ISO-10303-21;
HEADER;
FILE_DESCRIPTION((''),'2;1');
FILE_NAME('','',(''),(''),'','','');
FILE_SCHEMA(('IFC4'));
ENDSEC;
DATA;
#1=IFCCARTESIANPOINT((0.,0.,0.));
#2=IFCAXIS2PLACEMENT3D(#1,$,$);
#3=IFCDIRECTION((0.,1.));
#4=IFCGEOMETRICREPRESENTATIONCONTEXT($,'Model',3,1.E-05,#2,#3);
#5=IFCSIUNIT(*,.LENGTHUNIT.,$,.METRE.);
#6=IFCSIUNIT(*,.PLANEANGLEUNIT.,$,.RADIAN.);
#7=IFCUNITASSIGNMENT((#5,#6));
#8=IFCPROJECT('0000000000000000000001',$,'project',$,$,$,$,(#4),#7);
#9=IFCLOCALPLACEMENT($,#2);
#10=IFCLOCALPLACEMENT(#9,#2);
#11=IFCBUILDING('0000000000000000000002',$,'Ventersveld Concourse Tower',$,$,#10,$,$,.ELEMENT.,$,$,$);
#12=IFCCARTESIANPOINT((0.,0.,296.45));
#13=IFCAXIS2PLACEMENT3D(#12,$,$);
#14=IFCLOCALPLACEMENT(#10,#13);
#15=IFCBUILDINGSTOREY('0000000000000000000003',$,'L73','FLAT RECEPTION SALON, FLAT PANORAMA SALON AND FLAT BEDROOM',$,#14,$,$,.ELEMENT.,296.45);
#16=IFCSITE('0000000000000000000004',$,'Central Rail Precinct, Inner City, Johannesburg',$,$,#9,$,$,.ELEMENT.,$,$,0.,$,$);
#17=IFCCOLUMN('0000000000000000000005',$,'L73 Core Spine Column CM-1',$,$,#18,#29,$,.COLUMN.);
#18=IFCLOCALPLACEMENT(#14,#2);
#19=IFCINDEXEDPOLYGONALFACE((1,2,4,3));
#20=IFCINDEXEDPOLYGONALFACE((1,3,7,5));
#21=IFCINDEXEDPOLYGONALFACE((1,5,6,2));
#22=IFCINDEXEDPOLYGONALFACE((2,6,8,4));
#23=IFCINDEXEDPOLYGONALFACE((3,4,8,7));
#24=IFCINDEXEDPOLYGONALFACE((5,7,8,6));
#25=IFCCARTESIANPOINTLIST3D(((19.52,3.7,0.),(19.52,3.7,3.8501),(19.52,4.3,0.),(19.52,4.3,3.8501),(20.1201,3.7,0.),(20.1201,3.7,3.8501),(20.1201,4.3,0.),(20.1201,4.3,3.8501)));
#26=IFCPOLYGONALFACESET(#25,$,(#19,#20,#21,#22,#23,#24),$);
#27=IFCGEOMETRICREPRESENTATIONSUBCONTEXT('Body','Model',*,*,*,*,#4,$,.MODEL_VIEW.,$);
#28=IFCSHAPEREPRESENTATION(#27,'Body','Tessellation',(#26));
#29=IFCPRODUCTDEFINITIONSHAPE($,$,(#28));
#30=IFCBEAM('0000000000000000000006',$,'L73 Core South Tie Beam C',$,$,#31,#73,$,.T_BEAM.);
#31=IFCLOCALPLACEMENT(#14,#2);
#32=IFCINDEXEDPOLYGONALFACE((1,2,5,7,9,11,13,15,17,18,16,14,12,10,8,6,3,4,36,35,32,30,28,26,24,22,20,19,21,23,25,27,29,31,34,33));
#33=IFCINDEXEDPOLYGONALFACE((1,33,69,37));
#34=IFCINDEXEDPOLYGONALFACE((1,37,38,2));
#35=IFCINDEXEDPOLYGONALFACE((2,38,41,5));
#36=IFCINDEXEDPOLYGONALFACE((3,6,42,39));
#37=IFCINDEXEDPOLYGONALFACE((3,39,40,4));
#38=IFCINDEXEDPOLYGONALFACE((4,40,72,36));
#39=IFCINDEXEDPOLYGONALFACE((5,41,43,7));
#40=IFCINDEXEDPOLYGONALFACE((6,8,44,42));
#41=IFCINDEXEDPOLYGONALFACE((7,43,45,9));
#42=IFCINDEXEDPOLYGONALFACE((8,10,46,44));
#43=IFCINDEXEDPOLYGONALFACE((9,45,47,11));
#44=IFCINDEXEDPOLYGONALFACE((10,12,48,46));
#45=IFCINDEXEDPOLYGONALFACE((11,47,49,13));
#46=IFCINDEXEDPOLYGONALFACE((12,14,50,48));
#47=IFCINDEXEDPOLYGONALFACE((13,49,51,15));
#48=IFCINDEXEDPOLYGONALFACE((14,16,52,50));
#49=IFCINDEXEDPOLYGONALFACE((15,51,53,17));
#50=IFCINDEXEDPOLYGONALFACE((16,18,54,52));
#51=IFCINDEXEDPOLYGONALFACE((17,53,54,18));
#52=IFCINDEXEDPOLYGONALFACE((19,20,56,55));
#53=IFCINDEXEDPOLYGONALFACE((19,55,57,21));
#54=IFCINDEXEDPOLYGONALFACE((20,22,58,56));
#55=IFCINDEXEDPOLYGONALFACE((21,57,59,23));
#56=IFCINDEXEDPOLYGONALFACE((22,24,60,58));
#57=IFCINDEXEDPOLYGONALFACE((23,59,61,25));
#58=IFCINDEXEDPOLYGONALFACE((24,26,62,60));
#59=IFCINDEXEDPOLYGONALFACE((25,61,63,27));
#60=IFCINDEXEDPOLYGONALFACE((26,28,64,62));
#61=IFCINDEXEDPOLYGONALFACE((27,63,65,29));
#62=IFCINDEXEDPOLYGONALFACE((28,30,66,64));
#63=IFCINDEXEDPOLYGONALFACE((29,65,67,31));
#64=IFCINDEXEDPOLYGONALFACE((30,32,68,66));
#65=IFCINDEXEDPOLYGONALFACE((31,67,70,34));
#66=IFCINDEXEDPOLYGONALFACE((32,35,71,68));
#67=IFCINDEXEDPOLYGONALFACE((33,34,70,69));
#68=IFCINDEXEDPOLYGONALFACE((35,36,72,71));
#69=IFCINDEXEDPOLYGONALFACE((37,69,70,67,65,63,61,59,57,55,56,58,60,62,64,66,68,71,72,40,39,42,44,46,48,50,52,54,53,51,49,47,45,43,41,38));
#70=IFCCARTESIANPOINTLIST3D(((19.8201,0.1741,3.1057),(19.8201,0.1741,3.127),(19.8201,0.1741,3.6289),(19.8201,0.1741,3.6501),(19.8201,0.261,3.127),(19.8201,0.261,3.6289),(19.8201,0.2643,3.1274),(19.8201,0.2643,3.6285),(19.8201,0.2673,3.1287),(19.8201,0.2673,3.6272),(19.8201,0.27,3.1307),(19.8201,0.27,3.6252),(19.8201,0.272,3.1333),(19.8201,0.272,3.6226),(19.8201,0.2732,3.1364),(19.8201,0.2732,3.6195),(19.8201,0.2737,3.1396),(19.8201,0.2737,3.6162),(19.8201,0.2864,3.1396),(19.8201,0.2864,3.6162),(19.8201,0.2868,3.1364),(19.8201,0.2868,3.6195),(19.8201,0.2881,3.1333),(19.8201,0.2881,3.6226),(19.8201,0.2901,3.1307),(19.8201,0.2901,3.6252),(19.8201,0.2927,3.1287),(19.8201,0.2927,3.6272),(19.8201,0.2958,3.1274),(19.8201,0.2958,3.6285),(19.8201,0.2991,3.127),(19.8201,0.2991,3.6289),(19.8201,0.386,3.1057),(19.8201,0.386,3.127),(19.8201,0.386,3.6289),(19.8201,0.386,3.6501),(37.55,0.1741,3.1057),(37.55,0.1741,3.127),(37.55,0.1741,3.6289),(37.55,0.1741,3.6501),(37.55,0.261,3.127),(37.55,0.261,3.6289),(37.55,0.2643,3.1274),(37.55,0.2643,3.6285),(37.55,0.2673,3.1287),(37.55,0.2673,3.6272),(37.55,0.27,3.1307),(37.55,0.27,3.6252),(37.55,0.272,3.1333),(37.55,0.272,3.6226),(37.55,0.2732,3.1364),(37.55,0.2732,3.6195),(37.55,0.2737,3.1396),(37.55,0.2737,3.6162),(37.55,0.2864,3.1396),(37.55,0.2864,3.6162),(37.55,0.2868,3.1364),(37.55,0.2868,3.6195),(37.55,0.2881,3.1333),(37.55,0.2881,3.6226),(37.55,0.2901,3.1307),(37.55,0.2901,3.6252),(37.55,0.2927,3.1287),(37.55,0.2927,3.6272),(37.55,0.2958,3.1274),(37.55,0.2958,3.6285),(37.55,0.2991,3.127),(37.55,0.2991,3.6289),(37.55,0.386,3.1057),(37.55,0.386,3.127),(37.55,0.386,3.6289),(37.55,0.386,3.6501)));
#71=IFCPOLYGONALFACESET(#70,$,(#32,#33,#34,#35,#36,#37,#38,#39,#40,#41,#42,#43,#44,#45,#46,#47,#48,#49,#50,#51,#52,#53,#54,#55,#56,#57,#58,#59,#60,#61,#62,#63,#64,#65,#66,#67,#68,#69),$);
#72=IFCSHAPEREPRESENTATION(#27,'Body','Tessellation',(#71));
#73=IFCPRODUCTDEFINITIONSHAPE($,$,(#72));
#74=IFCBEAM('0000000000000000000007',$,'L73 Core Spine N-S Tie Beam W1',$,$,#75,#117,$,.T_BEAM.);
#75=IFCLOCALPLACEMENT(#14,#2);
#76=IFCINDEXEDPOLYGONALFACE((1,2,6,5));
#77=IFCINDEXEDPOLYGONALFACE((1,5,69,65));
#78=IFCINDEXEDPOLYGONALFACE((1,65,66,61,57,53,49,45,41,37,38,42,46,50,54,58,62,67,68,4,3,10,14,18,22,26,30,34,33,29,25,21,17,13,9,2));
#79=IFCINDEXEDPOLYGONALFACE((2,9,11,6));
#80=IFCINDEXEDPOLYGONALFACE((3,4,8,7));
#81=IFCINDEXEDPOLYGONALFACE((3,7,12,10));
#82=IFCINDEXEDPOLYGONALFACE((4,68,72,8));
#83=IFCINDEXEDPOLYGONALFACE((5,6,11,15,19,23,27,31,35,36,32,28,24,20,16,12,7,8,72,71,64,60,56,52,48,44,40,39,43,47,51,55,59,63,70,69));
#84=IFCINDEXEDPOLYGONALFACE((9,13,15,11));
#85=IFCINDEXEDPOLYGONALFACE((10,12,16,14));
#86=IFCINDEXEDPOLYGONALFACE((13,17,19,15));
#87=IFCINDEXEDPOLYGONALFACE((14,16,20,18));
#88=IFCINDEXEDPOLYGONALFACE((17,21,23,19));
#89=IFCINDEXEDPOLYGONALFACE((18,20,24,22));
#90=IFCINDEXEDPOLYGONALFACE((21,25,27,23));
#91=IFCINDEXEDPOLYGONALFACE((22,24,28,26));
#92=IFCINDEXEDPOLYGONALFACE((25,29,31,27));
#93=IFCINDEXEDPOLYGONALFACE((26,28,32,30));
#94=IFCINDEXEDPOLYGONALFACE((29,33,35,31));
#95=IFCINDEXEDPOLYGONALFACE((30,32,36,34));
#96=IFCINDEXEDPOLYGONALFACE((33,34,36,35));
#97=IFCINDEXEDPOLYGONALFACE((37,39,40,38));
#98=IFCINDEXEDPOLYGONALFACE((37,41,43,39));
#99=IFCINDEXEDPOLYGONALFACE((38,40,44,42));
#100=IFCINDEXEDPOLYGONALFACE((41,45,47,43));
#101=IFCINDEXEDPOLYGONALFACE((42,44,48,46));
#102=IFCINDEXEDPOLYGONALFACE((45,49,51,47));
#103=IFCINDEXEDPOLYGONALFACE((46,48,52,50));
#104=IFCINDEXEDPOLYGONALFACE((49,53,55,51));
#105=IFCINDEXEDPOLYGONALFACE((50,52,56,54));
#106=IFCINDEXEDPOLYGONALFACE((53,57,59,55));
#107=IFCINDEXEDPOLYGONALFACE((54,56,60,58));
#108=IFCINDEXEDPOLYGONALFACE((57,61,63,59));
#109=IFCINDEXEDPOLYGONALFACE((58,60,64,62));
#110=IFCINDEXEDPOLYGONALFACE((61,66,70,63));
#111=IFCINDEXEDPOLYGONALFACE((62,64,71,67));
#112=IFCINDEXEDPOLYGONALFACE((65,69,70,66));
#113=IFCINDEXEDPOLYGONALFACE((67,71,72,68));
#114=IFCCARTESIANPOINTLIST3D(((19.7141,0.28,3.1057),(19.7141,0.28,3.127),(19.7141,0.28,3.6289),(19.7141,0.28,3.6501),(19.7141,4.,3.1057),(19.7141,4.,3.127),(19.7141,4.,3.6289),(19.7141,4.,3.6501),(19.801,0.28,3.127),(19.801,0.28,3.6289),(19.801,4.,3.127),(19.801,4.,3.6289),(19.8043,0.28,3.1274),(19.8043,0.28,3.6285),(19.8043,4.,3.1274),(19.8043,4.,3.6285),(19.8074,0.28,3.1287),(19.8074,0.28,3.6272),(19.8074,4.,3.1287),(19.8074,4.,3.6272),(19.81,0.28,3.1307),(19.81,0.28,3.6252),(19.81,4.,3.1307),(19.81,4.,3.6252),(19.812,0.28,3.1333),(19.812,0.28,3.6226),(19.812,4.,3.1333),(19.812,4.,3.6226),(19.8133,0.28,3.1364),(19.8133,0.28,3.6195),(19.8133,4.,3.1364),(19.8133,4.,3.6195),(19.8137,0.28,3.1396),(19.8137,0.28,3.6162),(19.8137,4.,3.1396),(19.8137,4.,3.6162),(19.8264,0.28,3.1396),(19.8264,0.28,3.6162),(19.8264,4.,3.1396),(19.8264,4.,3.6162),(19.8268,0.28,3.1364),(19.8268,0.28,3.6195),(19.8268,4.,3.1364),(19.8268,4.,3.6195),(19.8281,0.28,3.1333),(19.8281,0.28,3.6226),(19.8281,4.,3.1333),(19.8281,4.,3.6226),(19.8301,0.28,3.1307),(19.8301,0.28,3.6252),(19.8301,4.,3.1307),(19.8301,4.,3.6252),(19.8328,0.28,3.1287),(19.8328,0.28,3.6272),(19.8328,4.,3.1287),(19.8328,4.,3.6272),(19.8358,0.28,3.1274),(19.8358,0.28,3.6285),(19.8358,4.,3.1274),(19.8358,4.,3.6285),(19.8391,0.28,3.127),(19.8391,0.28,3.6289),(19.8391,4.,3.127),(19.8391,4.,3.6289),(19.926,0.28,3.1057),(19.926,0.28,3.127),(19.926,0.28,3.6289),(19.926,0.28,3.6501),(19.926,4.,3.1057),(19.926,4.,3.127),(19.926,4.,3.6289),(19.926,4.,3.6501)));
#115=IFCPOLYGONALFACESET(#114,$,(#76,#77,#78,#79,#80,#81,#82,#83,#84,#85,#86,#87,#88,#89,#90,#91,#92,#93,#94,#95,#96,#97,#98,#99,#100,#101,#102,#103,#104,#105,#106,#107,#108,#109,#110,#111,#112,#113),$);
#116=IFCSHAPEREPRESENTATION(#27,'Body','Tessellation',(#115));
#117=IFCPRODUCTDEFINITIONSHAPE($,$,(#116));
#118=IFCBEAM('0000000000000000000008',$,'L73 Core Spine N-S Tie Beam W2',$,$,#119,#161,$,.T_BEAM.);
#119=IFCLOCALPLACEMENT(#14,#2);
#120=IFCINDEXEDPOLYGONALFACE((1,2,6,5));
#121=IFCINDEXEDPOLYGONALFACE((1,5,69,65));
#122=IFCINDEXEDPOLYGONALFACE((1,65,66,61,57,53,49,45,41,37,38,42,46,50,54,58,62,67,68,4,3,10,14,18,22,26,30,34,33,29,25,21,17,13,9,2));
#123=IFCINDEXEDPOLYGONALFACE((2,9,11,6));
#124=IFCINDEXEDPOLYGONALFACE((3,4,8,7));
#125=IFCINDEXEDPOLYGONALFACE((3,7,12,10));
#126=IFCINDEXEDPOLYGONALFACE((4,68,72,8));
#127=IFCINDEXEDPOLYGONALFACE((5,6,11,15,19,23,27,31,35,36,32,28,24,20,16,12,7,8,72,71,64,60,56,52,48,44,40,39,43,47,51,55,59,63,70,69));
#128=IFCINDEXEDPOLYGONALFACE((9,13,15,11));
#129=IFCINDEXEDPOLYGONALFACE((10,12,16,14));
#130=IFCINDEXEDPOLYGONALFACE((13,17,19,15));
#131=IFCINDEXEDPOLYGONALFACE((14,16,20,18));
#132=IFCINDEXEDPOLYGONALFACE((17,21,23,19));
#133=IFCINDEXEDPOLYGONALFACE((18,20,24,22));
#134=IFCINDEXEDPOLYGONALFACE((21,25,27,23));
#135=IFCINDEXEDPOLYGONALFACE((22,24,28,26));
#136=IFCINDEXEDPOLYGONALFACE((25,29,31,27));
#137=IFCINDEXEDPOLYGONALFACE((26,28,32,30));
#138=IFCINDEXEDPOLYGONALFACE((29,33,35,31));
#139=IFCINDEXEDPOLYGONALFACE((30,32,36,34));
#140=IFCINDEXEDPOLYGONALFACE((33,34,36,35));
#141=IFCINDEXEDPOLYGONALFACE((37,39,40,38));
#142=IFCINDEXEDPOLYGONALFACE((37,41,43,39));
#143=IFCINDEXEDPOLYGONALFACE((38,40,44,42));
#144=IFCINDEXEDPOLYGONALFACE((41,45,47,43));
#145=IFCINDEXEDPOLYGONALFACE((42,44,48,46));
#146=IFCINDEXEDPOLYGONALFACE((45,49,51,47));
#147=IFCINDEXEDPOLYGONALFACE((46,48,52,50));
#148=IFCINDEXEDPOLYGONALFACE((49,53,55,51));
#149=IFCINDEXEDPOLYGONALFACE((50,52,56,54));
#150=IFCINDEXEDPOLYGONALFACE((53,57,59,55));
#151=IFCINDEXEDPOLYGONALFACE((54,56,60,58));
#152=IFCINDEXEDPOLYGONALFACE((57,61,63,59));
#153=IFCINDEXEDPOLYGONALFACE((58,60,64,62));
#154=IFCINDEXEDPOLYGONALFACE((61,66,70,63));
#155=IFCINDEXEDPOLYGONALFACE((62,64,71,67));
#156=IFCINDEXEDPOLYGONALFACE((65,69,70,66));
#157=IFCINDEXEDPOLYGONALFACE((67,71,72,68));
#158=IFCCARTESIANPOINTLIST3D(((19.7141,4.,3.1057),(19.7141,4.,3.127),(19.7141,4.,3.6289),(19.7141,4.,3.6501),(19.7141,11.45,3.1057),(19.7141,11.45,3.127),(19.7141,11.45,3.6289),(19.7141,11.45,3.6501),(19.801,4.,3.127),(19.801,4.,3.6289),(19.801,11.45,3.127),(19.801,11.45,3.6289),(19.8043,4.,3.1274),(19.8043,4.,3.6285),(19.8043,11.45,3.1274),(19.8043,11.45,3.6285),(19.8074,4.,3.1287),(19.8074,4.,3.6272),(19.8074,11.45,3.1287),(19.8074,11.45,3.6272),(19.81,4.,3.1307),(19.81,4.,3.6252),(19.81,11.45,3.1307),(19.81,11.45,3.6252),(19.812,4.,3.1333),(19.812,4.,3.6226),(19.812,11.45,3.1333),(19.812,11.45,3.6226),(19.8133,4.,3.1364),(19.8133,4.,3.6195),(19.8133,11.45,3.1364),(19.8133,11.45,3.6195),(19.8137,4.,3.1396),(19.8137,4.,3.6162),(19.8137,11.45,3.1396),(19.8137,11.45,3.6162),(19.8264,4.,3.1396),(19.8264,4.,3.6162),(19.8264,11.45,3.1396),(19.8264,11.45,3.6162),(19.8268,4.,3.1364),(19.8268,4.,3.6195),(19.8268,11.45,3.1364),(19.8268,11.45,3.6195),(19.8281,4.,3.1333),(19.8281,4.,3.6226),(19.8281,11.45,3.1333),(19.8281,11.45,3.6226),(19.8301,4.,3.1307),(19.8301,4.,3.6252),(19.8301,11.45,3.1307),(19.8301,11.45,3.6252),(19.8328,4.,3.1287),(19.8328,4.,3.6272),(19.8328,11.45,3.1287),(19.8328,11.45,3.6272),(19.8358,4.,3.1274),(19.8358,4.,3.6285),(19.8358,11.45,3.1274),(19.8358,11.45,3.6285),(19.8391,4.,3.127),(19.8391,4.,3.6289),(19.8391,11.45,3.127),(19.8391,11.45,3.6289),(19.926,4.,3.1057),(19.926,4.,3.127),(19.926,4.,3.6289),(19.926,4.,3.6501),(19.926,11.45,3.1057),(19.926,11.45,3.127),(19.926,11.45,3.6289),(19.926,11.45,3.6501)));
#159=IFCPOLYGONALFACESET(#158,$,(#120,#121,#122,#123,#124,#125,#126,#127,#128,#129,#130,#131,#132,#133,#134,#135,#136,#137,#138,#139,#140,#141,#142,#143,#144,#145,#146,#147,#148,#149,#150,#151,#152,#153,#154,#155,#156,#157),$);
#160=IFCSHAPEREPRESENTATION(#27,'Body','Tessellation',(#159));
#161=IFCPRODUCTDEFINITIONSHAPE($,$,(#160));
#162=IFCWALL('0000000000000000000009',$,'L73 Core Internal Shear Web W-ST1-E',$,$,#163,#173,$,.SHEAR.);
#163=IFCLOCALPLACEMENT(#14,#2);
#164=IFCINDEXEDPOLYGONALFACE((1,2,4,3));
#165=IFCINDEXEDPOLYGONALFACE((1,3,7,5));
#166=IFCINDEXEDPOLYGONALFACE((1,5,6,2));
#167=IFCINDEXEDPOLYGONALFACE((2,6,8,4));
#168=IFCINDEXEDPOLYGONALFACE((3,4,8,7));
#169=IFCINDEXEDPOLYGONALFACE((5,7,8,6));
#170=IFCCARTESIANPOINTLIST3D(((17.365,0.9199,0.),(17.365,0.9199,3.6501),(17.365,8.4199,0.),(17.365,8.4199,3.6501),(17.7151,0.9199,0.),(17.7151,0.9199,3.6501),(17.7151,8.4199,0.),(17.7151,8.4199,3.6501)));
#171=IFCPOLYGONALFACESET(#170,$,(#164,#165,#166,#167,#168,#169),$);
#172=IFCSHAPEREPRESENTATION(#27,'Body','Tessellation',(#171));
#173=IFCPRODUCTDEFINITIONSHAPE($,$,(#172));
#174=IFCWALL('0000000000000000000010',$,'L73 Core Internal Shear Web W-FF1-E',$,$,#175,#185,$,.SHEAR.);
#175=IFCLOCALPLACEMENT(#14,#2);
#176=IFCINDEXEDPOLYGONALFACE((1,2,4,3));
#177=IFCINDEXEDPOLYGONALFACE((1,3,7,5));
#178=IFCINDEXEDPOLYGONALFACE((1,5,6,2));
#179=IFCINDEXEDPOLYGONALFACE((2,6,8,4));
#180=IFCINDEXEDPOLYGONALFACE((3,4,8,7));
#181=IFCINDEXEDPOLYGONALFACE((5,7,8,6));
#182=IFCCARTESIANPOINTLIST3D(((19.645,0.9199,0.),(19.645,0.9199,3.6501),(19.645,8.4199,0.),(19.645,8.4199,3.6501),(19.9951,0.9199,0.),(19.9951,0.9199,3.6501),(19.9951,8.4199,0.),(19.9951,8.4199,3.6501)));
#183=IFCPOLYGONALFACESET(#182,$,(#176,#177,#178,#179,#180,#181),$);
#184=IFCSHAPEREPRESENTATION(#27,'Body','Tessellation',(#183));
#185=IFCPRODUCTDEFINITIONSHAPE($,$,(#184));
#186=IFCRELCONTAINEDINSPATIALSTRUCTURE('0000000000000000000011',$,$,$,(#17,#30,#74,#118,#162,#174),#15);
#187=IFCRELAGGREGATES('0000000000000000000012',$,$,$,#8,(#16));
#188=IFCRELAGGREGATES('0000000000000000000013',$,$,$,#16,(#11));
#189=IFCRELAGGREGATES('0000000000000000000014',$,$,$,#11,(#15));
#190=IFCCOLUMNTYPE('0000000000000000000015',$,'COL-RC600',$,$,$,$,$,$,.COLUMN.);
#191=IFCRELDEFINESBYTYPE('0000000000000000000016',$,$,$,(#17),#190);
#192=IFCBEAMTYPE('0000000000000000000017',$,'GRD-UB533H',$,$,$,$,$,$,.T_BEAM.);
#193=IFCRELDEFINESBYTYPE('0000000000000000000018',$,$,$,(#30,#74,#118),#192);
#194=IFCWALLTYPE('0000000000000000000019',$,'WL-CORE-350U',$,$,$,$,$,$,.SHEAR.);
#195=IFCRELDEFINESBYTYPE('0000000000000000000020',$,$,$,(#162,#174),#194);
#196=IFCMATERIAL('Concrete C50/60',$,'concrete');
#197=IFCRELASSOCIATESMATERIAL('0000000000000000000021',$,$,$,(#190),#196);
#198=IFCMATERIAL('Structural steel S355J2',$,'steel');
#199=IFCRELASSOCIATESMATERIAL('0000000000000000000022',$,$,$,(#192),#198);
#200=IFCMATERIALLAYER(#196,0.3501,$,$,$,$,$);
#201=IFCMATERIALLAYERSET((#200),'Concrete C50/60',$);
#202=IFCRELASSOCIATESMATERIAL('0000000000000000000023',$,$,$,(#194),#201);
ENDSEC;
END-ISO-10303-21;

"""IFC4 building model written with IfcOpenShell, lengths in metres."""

from ifc_helpers import new_model, si_unit, direction, frame, frame_2d, origin, origin_2d, place, context, subcontext, project, spatial, rectangle, i_section, extrude, material, layer, layer_set, material_profile, profile_set, type_object, element, save


model = new_model("IFC4")

# Units and contexts
model_context = context("Model", 3, precision=1e-05, world=origin(), true_north=direction((0.0, 1.0)))
body_context = subcontext(model_context, "Body", "Model", "MODEL_VIEW")
ifc_project = project(units=[si_unit("LENGTHUNIT", "METRE"), si_unit("PLANEANGLEUNIT", "RADIAN")], contexts=[model_context])

# Site, building, storey
site_placement = place(None, origin())
site = spatial("IfcSite", under=ifc_project, at=site_placement, Name="Central Rail Precinct, Inner City, Johannesburg", CompositionType="ELEMENT", RefElevation=0.0)
building_placement = place(site_placement, origin())
building = spatial("IfcBuilding", under=site, at=building_placement, Name="Ventersveld Concourse Tower", CompositionType="ELEMENT")
storey_placement = place(building_placement, frame((0.0, 0.0, 296.45)))
storey = spatial("IfcBuildingStorey", under=building, at=storey_placement, Name="L73", Description="FLAT RECEPTION SALON, FLAT PANORAMA SALON AND FLAT BEDROOM", CompositionType="ELEMENT", Elevation=296.45)

# Column
ifc_material_1 = material(Name="Concrete C50/60", Category="concrete")
ifc_material_profile_1 = material_profile(ifc_material_1, rectangle(XDim=0.6001, YDim=0.6001, at=origin_2d()), Name="RC 600x600")
ifc_profile_set_1 = profile_set([ifc_material_profile_1], Name="Concrete C50/60")
column_type = type_object("IfcColumnType", Name="COL-RC600", PredefinedType="COLUMN", material=ifc_profile_set_1)
column_placement = place(storey_placement, frame((19.8201, 4.0, 0.0), z_axis=(0.0, 0.0, 1.0), x_axis=(1.0, 0.0, 0.0)))
element("IfcColumn", 1, at=column_placement, inside=storey, type_object=column_type, Name="L73 Core Spine Column CM-1", PredefinedType="COLUMN", context=body_context, shape_type="SweptSolid", body=[
    extrude(rectangle(XDim=0.6001, YDim=0.6001, at=origin_2d()), origin(), (0.0, 0.0, 1.0), 3.8501),
])

# Beams
ifc_material_2 = material(Name="Structural steel S355J2", Category="steel")
ifc_material_profile_2 = material_profile(ifc_material_2, i_section(OverallWidth=0.2119, OverallDepth=0.5444, WebThickness=0.0127, FlangeThickness=0.0212, FilletRadius=0.0127, at=origin_2d()), Name="UB 533x210x122")
ifc_profile_set_2 = profile_set([ifc_material_profile_2], Name="Structural steel S355J2")
beam_type = type_object("IfcBeamType", Name="GRD-UB533H", PredefinedType="T_BEAM", material=ifc_profile_set_2)
beam_1_placement = place(storey_placement, frame((19.8201, 0.28, 3.3779), z_axis=(1.0, 0.0, 0.0), x_axis=(0.0, 1.0, 0.0)))
element("IfcBeam", 2, at=beam_1_placement, inside=storey, type_object=beam_type, Name="L73 Core South Tie Beam C", PredefinedType="T_BEAM", context=body_context, shape_type="SweptSolid", body=[
    extrude(i_section(OverallWidth=0.2119, OverallDepth=0.5444, WebThickness=0.0127, FlangeThickness=0.0212, FilletRadius=0.0127, at=origin_2d()), origin(), (0.0, 0.0, 1.0), 17.73),
])
beam_2_placement = place(storey_placement, frame((19.8201, 0.28, 3.3779), z_axis=(0.0, 1.0, 0.0), x_axis=(-1.0, 0.0, 0.0)))
element("IfcBeam", 3, at=beam_2_placement, inside=storey, type_object=beam_type, Name="L73 Core Spine N-S Tie Beam W1", PredefinedType="T_BEAM", context=body_context, shape_type="SweptSolid", body=[
    extrude(i_section(OverallWidth=0.2119, OverallDepth=0.5444, WebThickness=0.0127, FlangeThickness=0.0212, FilletRadius=0.0127, at=origin_2d()), origin(), (0.0, 0.0, 1.0), 3.72),
])
beam_3_placement = place(storey_placement, frame((19.8201, 4.0, 3.3779), z_axis=(0.0, 1.0, 0.0), x_axis=(-1.0, 0.0, 0.0)))
element("IfcBeam", 4, at=beam_3_placement, inside=storey, type_object=beam_type, Name="L73 Core Spine N-S Tie Beam W2", PredefinedType="T_BEAM", context=body_context, shape_type="SweptSolid", body=[
    extrude(i_section(OverallWidth=0.2119, OverallDepth=0.5444, WebThickness=0.0127, FlangeThickness=0.0212, FilletRadius=0.0127, at=origin_2d()), origin(), (0.0, 0.0, 1.0), 7.45),
])

# Walls
ifc_layer_1 = layer(ifc_material_1, 0.3501)
ifc_layer_set_1 = layer_set([ifc_layer_1], Name="Concrete C50/60")
wall_type_1 = type_object("IfcWallType", Name="WL-CORE-350U", PredefinedType="SHEAR", material=ifc_layer_set_1)
for number, where, z_axis, x_axis, name in (
    (5, (17.54, 0.9199, 0.0), (0.0, 0.0, 1.0), (0.0, 1.0, 0.0), "L73 Core Internal Shear Web W-ST1-E"),
    (6, (19.8201, 0.9199, 0.0), (0.0, 0.0, 1.0), (0.0, 1.0, 0.0), "L73 Core Internal Shear Web W-FF1-E"),
):
    element("IfcWall", number, at=place(storey_placement, frame(where, z_axis=z_axis, x_axis=x_axis)), inside=storey, type_object=wall_type_1, Name=name, PredefinedType="SHEAR", context=body_context, shape_type="SweptSolid", body=[
        extrude(rectangle(XDim=7.5, YDim=0.3501, at=frame_2d((3.75, 0.0))), origin(), (0.0, 0.0, 1.0), 3.6501),
    ])

save(model, "model.ifc")
